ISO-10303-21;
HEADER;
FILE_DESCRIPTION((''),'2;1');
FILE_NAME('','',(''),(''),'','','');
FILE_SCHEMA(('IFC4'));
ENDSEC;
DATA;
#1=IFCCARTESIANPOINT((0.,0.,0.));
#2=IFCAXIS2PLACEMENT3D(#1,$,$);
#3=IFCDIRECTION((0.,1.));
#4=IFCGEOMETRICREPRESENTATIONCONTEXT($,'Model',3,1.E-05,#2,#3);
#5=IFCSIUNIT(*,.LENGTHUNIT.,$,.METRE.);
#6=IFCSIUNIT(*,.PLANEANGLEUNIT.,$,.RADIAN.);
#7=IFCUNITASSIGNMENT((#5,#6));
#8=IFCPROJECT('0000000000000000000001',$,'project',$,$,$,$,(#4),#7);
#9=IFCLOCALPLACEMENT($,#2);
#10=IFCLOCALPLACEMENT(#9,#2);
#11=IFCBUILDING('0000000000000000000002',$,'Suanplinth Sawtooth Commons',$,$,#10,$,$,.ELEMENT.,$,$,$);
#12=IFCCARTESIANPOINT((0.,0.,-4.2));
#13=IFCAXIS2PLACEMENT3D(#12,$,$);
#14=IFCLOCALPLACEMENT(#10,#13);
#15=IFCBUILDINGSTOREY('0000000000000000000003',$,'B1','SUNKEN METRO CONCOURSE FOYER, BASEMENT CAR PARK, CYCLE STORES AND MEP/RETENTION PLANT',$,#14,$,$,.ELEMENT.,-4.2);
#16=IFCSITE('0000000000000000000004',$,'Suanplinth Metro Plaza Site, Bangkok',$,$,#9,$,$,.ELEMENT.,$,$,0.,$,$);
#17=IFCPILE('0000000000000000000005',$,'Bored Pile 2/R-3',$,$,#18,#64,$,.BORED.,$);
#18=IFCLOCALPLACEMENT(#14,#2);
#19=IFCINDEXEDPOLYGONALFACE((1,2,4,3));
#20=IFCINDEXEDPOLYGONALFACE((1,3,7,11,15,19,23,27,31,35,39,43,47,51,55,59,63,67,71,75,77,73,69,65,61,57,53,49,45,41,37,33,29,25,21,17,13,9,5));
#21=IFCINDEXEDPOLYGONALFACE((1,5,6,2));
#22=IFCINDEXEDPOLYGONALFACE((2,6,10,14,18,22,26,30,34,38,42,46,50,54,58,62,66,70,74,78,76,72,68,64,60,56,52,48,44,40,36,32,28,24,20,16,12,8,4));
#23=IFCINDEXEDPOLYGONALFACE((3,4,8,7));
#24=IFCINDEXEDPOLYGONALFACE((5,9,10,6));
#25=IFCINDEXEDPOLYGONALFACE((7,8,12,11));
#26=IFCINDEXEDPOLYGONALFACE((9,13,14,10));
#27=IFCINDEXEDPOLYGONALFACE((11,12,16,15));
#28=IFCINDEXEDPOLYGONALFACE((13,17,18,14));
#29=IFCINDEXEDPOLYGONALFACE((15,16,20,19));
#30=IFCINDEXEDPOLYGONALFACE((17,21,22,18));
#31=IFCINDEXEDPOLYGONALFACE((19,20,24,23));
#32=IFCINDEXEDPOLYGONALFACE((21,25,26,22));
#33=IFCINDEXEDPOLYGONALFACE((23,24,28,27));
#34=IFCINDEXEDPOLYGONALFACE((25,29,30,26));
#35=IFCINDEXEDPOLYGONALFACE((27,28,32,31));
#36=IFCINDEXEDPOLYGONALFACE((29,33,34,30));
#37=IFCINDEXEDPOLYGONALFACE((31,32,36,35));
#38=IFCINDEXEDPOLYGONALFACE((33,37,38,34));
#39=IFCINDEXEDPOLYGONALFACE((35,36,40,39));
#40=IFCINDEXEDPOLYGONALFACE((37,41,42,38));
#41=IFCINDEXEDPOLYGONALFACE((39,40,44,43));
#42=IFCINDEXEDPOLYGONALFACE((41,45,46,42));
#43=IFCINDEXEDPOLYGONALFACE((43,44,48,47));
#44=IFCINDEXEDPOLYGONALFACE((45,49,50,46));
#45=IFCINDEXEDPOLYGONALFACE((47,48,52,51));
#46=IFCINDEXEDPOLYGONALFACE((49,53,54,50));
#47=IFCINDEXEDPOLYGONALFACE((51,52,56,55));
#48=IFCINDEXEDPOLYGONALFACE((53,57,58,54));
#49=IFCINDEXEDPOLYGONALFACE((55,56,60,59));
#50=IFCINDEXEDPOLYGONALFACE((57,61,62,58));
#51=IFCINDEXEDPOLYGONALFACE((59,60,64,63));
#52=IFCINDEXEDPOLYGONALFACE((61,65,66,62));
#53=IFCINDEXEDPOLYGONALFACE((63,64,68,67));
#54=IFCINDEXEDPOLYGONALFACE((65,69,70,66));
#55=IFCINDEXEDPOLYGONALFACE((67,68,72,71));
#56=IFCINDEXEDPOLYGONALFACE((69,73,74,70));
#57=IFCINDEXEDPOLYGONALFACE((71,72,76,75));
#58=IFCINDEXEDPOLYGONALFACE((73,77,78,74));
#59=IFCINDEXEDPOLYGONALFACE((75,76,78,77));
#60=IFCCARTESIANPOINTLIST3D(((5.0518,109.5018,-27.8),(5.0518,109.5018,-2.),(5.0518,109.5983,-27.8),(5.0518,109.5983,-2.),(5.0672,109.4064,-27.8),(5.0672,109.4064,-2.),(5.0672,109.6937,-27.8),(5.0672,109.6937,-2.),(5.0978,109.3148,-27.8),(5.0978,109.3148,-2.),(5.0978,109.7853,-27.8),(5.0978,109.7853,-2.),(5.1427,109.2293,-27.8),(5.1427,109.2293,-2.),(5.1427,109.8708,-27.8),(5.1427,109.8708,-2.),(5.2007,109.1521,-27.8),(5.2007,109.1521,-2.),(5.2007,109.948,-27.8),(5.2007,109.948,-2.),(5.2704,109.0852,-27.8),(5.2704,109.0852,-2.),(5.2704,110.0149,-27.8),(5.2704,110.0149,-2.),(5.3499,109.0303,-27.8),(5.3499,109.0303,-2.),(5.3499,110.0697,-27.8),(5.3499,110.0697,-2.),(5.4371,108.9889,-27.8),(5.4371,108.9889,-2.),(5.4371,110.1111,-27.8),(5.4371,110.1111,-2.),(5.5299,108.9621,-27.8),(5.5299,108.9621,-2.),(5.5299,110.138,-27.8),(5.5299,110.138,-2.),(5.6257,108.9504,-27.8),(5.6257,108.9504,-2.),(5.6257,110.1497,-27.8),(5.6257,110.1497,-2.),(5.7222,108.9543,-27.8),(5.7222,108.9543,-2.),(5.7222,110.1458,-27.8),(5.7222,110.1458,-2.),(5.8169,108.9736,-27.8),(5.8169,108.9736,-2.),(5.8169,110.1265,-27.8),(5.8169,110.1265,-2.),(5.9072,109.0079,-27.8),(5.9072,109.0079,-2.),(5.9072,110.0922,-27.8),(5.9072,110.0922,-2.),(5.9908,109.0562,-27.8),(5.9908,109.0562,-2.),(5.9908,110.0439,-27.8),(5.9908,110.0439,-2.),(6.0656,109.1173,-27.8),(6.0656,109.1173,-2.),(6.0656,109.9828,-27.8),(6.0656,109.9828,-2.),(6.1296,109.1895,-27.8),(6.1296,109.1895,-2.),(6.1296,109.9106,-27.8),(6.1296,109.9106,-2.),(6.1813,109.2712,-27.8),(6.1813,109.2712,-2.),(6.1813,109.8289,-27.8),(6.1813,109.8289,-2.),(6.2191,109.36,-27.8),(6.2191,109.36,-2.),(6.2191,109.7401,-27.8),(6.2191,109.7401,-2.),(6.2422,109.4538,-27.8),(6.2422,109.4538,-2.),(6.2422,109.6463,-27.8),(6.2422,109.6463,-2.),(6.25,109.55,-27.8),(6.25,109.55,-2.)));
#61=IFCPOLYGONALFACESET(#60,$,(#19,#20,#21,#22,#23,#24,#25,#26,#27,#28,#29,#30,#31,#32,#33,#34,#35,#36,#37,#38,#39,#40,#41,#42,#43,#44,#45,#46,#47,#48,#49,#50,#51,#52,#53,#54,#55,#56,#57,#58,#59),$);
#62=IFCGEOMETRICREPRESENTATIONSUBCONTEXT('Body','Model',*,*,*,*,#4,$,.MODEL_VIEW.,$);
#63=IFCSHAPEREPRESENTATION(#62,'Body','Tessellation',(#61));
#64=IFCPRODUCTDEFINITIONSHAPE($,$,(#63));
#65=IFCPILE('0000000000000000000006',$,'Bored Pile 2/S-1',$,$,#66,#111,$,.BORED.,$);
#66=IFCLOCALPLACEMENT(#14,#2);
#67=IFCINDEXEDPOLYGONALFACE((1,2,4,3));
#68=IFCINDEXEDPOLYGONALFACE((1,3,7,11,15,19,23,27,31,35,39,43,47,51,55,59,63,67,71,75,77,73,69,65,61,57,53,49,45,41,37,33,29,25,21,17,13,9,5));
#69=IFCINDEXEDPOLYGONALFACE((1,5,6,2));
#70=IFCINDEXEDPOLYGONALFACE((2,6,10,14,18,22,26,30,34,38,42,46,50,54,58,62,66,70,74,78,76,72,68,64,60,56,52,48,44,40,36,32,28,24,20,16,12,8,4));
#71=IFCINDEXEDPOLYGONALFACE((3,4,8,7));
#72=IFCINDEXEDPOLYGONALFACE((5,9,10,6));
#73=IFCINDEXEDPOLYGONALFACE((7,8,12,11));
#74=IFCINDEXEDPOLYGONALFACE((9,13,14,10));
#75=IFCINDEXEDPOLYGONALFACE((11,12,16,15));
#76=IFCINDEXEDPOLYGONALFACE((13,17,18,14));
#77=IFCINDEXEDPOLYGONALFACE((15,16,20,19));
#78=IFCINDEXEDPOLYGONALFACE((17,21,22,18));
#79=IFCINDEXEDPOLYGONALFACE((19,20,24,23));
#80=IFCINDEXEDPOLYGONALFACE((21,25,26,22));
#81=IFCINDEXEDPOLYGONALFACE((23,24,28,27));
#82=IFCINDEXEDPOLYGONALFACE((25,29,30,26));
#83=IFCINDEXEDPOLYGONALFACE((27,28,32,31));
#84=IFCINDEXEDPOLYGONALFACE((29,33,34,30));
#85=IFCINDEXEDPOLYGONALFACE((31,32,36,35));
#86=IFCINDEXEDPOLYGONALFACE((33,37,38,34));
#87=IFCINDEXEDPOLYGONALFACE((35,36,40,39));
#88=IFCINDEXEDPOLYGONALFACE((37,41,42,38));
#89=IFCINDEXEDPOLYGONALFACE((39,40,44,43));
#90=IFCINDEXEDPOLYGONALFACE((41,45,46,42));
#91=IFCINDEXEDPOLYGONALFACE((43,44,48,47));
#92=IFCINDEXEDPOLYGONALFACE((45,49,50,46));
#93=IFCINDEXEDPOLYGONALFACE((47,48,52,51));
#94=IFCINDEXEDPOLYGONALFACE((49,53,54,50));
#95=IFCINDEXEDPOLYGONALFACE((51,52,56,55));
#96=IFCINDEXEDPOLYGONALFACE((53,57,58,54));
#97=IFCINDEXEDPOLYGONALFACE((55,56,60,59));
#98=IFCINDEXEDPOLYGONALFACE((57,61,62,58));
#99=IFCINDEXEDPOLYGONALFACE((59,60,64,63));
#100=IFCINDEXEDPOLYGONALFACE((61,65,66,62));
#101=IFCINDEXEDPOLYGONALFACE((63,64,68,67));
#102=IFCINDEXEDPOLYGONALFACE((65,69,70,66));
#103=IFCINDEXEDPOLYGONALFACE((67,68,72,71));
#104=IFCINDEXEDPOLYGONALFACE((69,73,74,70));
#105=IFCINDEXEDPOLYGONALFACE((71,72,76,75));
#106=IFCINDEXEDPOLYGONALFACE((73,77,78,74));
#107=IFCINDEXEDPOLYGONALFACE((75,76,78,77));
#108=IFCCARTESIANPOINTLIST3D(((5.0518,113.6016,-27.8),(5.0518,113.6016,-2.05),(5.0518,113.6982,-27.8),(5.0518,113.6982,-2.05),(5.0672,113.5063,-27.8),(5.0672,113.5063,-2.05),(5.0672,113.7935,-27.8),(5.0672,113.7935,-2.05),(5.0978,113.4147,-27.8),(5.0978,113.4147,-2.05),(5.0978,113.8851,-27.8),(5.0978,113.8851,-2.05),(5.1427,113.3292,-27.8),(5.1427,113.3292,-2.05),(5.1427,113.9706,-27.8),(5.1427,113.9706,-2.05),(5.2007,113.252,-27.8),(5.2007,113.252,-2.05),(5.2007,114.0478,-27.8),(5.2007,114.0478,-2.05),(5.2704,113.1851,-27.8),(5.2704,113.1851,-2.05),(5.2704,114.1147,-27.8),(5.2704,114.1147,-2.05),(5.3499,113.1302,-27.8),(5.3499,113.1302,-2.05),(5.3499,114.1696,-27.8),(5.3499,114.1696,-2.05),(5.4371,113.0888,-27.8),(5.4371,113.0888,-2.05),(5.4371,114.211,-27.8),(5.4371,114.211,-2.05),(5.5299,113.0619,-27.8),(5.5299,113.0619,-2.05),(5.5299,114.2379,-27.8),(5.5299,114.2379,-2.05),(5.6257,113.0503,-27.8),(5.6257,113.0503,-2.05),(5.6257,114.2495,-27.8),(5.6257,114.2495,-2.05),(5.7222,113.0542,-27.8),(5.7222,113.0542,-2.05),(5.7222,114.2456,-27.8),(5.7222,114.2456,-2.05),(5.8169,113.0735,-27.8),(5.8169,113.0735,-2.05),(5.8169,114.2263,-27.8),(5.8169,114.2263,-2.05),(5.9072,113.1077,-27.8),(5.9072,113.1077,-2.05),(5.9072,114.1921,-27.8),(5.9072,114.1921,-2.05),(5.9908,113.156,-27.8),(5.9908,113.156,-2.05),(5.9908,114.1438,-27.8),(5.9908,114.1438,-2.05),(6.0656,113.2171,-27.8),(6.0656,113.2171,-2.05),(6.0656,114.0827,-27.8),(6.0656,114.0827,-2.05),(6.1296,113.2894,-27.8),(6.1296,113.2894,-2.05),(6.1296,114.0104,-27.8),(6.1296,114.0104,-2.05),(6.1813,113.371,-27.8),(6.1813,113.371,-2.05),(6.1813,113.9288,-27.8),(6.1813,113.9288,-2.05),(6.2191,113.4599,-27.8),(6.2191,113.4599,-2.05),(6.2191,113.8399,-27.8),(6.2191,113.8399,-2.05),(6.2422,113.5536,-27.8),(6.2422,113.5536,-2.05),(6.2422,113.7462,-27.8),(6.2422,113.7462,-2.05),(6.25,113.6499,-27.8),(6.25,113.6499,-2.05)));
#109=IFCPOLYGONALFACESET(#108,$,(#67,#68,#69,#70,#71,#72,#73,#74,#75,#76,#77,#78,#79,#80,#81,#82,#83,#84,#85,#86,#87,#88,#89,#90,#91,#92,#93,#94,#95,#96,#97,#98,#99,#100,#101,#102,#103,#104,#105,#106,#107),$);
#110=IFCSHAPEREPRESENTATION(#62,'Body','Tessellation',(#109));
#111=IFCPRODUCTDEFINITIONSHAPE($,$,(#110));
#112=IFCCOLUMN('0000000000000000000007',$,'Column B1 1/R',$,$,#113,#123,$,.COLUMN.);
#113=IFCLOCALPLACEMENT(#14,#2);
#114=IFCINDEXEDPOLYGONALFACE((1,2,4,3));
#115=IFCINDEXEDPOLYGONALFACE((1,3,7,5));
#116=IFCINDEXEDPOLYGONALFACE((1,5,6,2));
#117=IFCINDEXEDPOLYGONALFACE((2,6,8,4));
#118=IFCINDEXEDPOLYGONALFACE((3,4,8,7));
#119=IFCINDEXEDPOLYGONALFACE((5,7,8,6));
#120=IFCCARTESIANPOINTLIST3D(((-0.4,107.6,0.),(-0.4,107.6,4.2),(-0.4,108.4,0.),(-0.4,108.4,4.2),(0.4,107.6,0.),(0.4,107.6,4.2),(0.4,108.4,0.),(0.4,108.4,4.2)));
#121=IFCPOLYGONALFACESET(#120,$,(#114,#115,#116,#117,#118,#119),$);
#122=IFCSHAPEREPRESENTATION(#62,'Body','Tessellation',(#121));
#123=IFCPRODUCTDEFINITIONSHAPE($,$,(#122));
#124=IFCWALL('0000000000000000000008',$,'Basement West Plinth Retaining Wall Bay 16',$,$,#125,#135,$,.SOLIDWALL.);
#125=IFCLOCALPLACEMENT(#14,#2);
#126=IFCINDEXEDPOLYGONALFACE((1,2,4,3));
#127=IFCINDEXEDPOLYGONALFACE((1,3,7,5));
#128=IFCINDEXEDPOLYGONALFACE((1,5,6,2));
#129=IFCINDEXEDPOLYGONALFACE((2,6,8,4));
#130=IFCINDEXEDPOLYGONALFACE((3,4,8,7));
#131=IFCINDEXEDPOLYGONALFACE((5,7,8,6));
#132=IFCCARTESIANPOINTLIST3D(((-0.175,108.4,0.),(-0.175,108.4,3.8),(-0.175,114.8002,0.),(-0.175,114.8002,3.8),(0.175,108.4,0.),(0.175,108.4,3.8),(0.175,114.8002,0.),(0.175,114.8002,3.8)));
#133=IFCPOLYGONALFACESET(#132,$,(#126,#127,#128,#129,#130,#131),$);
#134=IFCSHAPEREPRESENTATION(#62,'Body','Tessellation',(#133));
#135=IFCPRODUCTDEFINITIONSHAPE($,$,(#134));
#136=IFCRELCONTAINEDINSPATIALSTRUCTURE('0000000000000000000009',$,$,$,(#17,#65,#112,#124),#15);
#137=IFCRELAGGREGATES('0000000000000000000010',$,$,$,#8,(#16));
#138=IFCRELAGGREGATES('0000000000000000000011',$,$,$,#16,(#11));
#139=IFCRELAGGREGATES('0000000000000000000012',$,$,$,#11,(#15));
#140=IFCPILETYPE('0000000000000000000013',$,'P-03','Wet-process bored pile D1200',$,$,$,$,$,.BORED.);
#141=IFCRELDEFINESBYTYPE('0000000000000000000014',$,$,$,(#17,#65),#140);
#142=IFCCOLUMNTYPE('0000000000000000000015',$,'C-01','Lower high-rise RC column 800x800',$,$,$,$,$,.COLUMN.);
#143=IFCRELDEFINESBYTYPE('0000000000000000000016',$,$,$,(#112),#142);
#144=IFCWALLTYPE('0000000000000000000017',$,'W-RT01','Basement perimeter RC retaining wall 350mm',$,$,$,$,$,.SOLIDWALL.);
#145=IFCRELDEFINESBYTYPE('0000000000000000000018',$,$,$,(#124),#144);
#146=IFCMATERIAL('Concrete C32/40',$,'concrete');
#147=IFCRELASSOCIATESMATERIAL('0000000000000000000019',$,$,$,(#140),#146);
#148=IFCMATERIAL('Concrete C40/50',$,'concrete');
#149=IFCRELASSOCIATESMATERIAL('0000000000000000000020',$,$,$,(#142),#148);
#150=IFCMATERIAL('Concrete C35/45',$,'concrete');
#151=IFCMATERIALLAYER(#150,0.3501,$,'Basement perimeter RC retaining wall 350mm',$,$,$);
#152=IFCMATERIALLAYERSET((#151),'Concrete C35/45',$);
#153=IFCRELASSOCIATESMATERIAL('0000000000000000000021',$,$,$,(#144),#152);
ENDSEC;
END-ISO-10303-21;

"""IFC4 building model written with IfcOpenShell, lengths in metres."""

from ifc_helpers import new_model, si_unit, direction, frame, frame_2d, origin, origin_2d, place, context, subcontext, project, spatial, rectangle, circle, extrude, material, layer, layer_set, material_profile, profile_set, type_object, element, save


model = new_model("IFC4")

# Units and contexts
model_context = context("Model", 3, precision=1e-05, world=origin(), true_north=direction((0.0, 1.0)))
body_context = subcontext(model_context, "Body", "Model", "MODEL_VIEW")
ifc_project = project(units=[si_unit("LENGTHUNIT", "METRE"), si_unit("PLANEANGLEUNIT", "RADIAN")], contexts=[model_context])

# Site, building, storey
site_placement = place(None, origin())
site = spatial("IfcSite", under=ifc_project, at=site_placement, Name="Suanplinth Metro Plaza Site, Bangkok", CompositionType="ELEMENT", RefElevation=0.0)
building_placement = place(site_placement, origin())
building = spatial("IfcBuilding", under=site, at=building_placement, Name="Suanplinth Sawtooth Commons", CompositionType="ELEMENT")
storey_placement = place(building_placement, frame((0.0, 0.0, -4.2)))
storey = spatial("IfcBuildingStorey", under=building, at=storey_placement, Name="B1", Description="SUNKEN METRO CONCOURSE FOYER, BASEMENT CAR PARK, CYCLE STORES AND MEP/RETENTION PLANT", CompositionType="ELEMENT", Elevation=-4.2)

# Shared definitions
ifc_material_1 = material(Name="Concrete C35/45", Category="concrete")

# Piles
ifc_material_2 = material(Name="Concrete C32/40", Category="concrete")
ifc_material_profile_1 = material_profile(ifc_material_2, circle(Radius=0.6001, at=origin_2d()), Name="PILE D1200")
ifc_profile_set_1 = profile_set([ifc_material_profile_1], Name="Concrete C32/40")
pile_type = type_object("IfcPileType", Name="P-03", Description="Wet-process bored pile D1200", PredefinedType="BORED", material=ifc_profile_set_1)
for number, where, z_axis, x_axis, name in (
    (1, (5.6499, 109.55, -2.0), (0.0, 0.0, -1.0), (1.0, 0.0, 0.0), "Bored Pile 2/R-3"),
):
    element("IfcPile", number, at=place(storey_placement, frame(where, z_axis=z_axis, x_axis=x_axis)), inside=storey, type_object=pile_type, Name=name, PredefinedType="BORED", context=body_context, shape_type="SweptSolid", body=[
        extrude(circle(Radius=0.6001, at=origin_2d()), origin(), (0.0, 0.0, 1.0), 25.8),
    ])
pile_1_placement = place(storey_placement, frame((5.6499, 113.6499, -2.05), z_axis=(0.0, 0.0, -1.0), x_axis=(1.0, 0.0, 0.0)))
element("IfcPile", 2, at=pile_1_placement, inside=storey, type_object=pile_type, Name="Bored Pile 2/S-1", PredefinedType="BORED", context=body_context, shape_type="SweptSolid", body=[
    extrude(circle(Radius=0.6001, at=origin_2d()), origin(), (0.0, 0.0, 1.0), 25.75),
])

# Column
ifc_material_3 = material(Name="Concrete C40/50", Category="concrete")
ifc_material_profile_2 = material_profile(ifc_material_3, rectangle(XDim=0.8, YDim=0.8, at=origin_2d()), Name="RC-COL 800x800")
ifc_profile_set_2 = profile_set([ifc_material_profile_2], Name="Concrete C40/50")
column_type = type_object("IfcColumnType", Name="C-01", Description="Lower high-rise RC column 800x800", PredefinedType="COLUMN", material=ifc_profile_set_2)
column_placement = place(storey_placement, frame((0.0, 108.0, 0.0), z_axis=(0.0, 0.0, 1.0), x_axis=(1.0, 0.0, 0.0)))
element("IfcColumn", 3, at=column_placement, inside=storey, type_object=column_type, Name="Column B1 1/R", PredefinedType="COLUMN", context=body_context, shape_type="SweptSolid", body=[
    extrude(rectangle(XDim=0.8, YDim=0.8, at=origin_2d()), origin(), (0.0, 0.0, 1.0), 4.2),
])

# Wall
ifc_layer = layer(ifc_material_1, 0.3501, Name="Basement perimeter RC retaining wall 350mm")
ifc_layer_set = layer_set([ifc_layer], Name="Concrete C35/45")
wall_type = type_object("IfcWallType", Name="W-RT01", Description="Basement perimeter RC retaining wall 350mm", PredefinedType="SOLIDWALL", material=ifc_layer_set)
wall_placement = place(storey_placement, frame((0.0, 108.3999, 0.0), z_axis=(0.0, 0.0, 1.0), x_axis=(0.0, 1.0, 0.0)))
element("IfcWall", 4, at=wall_placement, inside=storey, type_object=wall_type, Name="Basement West Plinth Retaining Wall Bay 16", PredefinedType="SOLIDWALL", context=body_context, shape_type="SweptSolid", body=[
    extrude(rectangle(XDim=6.4001, YDim=0.3501, at=frame_2d((3.2002, 0.0))), origin(), (0.0, 0.0, 1.0), 3.8),
])

save(model, "model.ifc")
